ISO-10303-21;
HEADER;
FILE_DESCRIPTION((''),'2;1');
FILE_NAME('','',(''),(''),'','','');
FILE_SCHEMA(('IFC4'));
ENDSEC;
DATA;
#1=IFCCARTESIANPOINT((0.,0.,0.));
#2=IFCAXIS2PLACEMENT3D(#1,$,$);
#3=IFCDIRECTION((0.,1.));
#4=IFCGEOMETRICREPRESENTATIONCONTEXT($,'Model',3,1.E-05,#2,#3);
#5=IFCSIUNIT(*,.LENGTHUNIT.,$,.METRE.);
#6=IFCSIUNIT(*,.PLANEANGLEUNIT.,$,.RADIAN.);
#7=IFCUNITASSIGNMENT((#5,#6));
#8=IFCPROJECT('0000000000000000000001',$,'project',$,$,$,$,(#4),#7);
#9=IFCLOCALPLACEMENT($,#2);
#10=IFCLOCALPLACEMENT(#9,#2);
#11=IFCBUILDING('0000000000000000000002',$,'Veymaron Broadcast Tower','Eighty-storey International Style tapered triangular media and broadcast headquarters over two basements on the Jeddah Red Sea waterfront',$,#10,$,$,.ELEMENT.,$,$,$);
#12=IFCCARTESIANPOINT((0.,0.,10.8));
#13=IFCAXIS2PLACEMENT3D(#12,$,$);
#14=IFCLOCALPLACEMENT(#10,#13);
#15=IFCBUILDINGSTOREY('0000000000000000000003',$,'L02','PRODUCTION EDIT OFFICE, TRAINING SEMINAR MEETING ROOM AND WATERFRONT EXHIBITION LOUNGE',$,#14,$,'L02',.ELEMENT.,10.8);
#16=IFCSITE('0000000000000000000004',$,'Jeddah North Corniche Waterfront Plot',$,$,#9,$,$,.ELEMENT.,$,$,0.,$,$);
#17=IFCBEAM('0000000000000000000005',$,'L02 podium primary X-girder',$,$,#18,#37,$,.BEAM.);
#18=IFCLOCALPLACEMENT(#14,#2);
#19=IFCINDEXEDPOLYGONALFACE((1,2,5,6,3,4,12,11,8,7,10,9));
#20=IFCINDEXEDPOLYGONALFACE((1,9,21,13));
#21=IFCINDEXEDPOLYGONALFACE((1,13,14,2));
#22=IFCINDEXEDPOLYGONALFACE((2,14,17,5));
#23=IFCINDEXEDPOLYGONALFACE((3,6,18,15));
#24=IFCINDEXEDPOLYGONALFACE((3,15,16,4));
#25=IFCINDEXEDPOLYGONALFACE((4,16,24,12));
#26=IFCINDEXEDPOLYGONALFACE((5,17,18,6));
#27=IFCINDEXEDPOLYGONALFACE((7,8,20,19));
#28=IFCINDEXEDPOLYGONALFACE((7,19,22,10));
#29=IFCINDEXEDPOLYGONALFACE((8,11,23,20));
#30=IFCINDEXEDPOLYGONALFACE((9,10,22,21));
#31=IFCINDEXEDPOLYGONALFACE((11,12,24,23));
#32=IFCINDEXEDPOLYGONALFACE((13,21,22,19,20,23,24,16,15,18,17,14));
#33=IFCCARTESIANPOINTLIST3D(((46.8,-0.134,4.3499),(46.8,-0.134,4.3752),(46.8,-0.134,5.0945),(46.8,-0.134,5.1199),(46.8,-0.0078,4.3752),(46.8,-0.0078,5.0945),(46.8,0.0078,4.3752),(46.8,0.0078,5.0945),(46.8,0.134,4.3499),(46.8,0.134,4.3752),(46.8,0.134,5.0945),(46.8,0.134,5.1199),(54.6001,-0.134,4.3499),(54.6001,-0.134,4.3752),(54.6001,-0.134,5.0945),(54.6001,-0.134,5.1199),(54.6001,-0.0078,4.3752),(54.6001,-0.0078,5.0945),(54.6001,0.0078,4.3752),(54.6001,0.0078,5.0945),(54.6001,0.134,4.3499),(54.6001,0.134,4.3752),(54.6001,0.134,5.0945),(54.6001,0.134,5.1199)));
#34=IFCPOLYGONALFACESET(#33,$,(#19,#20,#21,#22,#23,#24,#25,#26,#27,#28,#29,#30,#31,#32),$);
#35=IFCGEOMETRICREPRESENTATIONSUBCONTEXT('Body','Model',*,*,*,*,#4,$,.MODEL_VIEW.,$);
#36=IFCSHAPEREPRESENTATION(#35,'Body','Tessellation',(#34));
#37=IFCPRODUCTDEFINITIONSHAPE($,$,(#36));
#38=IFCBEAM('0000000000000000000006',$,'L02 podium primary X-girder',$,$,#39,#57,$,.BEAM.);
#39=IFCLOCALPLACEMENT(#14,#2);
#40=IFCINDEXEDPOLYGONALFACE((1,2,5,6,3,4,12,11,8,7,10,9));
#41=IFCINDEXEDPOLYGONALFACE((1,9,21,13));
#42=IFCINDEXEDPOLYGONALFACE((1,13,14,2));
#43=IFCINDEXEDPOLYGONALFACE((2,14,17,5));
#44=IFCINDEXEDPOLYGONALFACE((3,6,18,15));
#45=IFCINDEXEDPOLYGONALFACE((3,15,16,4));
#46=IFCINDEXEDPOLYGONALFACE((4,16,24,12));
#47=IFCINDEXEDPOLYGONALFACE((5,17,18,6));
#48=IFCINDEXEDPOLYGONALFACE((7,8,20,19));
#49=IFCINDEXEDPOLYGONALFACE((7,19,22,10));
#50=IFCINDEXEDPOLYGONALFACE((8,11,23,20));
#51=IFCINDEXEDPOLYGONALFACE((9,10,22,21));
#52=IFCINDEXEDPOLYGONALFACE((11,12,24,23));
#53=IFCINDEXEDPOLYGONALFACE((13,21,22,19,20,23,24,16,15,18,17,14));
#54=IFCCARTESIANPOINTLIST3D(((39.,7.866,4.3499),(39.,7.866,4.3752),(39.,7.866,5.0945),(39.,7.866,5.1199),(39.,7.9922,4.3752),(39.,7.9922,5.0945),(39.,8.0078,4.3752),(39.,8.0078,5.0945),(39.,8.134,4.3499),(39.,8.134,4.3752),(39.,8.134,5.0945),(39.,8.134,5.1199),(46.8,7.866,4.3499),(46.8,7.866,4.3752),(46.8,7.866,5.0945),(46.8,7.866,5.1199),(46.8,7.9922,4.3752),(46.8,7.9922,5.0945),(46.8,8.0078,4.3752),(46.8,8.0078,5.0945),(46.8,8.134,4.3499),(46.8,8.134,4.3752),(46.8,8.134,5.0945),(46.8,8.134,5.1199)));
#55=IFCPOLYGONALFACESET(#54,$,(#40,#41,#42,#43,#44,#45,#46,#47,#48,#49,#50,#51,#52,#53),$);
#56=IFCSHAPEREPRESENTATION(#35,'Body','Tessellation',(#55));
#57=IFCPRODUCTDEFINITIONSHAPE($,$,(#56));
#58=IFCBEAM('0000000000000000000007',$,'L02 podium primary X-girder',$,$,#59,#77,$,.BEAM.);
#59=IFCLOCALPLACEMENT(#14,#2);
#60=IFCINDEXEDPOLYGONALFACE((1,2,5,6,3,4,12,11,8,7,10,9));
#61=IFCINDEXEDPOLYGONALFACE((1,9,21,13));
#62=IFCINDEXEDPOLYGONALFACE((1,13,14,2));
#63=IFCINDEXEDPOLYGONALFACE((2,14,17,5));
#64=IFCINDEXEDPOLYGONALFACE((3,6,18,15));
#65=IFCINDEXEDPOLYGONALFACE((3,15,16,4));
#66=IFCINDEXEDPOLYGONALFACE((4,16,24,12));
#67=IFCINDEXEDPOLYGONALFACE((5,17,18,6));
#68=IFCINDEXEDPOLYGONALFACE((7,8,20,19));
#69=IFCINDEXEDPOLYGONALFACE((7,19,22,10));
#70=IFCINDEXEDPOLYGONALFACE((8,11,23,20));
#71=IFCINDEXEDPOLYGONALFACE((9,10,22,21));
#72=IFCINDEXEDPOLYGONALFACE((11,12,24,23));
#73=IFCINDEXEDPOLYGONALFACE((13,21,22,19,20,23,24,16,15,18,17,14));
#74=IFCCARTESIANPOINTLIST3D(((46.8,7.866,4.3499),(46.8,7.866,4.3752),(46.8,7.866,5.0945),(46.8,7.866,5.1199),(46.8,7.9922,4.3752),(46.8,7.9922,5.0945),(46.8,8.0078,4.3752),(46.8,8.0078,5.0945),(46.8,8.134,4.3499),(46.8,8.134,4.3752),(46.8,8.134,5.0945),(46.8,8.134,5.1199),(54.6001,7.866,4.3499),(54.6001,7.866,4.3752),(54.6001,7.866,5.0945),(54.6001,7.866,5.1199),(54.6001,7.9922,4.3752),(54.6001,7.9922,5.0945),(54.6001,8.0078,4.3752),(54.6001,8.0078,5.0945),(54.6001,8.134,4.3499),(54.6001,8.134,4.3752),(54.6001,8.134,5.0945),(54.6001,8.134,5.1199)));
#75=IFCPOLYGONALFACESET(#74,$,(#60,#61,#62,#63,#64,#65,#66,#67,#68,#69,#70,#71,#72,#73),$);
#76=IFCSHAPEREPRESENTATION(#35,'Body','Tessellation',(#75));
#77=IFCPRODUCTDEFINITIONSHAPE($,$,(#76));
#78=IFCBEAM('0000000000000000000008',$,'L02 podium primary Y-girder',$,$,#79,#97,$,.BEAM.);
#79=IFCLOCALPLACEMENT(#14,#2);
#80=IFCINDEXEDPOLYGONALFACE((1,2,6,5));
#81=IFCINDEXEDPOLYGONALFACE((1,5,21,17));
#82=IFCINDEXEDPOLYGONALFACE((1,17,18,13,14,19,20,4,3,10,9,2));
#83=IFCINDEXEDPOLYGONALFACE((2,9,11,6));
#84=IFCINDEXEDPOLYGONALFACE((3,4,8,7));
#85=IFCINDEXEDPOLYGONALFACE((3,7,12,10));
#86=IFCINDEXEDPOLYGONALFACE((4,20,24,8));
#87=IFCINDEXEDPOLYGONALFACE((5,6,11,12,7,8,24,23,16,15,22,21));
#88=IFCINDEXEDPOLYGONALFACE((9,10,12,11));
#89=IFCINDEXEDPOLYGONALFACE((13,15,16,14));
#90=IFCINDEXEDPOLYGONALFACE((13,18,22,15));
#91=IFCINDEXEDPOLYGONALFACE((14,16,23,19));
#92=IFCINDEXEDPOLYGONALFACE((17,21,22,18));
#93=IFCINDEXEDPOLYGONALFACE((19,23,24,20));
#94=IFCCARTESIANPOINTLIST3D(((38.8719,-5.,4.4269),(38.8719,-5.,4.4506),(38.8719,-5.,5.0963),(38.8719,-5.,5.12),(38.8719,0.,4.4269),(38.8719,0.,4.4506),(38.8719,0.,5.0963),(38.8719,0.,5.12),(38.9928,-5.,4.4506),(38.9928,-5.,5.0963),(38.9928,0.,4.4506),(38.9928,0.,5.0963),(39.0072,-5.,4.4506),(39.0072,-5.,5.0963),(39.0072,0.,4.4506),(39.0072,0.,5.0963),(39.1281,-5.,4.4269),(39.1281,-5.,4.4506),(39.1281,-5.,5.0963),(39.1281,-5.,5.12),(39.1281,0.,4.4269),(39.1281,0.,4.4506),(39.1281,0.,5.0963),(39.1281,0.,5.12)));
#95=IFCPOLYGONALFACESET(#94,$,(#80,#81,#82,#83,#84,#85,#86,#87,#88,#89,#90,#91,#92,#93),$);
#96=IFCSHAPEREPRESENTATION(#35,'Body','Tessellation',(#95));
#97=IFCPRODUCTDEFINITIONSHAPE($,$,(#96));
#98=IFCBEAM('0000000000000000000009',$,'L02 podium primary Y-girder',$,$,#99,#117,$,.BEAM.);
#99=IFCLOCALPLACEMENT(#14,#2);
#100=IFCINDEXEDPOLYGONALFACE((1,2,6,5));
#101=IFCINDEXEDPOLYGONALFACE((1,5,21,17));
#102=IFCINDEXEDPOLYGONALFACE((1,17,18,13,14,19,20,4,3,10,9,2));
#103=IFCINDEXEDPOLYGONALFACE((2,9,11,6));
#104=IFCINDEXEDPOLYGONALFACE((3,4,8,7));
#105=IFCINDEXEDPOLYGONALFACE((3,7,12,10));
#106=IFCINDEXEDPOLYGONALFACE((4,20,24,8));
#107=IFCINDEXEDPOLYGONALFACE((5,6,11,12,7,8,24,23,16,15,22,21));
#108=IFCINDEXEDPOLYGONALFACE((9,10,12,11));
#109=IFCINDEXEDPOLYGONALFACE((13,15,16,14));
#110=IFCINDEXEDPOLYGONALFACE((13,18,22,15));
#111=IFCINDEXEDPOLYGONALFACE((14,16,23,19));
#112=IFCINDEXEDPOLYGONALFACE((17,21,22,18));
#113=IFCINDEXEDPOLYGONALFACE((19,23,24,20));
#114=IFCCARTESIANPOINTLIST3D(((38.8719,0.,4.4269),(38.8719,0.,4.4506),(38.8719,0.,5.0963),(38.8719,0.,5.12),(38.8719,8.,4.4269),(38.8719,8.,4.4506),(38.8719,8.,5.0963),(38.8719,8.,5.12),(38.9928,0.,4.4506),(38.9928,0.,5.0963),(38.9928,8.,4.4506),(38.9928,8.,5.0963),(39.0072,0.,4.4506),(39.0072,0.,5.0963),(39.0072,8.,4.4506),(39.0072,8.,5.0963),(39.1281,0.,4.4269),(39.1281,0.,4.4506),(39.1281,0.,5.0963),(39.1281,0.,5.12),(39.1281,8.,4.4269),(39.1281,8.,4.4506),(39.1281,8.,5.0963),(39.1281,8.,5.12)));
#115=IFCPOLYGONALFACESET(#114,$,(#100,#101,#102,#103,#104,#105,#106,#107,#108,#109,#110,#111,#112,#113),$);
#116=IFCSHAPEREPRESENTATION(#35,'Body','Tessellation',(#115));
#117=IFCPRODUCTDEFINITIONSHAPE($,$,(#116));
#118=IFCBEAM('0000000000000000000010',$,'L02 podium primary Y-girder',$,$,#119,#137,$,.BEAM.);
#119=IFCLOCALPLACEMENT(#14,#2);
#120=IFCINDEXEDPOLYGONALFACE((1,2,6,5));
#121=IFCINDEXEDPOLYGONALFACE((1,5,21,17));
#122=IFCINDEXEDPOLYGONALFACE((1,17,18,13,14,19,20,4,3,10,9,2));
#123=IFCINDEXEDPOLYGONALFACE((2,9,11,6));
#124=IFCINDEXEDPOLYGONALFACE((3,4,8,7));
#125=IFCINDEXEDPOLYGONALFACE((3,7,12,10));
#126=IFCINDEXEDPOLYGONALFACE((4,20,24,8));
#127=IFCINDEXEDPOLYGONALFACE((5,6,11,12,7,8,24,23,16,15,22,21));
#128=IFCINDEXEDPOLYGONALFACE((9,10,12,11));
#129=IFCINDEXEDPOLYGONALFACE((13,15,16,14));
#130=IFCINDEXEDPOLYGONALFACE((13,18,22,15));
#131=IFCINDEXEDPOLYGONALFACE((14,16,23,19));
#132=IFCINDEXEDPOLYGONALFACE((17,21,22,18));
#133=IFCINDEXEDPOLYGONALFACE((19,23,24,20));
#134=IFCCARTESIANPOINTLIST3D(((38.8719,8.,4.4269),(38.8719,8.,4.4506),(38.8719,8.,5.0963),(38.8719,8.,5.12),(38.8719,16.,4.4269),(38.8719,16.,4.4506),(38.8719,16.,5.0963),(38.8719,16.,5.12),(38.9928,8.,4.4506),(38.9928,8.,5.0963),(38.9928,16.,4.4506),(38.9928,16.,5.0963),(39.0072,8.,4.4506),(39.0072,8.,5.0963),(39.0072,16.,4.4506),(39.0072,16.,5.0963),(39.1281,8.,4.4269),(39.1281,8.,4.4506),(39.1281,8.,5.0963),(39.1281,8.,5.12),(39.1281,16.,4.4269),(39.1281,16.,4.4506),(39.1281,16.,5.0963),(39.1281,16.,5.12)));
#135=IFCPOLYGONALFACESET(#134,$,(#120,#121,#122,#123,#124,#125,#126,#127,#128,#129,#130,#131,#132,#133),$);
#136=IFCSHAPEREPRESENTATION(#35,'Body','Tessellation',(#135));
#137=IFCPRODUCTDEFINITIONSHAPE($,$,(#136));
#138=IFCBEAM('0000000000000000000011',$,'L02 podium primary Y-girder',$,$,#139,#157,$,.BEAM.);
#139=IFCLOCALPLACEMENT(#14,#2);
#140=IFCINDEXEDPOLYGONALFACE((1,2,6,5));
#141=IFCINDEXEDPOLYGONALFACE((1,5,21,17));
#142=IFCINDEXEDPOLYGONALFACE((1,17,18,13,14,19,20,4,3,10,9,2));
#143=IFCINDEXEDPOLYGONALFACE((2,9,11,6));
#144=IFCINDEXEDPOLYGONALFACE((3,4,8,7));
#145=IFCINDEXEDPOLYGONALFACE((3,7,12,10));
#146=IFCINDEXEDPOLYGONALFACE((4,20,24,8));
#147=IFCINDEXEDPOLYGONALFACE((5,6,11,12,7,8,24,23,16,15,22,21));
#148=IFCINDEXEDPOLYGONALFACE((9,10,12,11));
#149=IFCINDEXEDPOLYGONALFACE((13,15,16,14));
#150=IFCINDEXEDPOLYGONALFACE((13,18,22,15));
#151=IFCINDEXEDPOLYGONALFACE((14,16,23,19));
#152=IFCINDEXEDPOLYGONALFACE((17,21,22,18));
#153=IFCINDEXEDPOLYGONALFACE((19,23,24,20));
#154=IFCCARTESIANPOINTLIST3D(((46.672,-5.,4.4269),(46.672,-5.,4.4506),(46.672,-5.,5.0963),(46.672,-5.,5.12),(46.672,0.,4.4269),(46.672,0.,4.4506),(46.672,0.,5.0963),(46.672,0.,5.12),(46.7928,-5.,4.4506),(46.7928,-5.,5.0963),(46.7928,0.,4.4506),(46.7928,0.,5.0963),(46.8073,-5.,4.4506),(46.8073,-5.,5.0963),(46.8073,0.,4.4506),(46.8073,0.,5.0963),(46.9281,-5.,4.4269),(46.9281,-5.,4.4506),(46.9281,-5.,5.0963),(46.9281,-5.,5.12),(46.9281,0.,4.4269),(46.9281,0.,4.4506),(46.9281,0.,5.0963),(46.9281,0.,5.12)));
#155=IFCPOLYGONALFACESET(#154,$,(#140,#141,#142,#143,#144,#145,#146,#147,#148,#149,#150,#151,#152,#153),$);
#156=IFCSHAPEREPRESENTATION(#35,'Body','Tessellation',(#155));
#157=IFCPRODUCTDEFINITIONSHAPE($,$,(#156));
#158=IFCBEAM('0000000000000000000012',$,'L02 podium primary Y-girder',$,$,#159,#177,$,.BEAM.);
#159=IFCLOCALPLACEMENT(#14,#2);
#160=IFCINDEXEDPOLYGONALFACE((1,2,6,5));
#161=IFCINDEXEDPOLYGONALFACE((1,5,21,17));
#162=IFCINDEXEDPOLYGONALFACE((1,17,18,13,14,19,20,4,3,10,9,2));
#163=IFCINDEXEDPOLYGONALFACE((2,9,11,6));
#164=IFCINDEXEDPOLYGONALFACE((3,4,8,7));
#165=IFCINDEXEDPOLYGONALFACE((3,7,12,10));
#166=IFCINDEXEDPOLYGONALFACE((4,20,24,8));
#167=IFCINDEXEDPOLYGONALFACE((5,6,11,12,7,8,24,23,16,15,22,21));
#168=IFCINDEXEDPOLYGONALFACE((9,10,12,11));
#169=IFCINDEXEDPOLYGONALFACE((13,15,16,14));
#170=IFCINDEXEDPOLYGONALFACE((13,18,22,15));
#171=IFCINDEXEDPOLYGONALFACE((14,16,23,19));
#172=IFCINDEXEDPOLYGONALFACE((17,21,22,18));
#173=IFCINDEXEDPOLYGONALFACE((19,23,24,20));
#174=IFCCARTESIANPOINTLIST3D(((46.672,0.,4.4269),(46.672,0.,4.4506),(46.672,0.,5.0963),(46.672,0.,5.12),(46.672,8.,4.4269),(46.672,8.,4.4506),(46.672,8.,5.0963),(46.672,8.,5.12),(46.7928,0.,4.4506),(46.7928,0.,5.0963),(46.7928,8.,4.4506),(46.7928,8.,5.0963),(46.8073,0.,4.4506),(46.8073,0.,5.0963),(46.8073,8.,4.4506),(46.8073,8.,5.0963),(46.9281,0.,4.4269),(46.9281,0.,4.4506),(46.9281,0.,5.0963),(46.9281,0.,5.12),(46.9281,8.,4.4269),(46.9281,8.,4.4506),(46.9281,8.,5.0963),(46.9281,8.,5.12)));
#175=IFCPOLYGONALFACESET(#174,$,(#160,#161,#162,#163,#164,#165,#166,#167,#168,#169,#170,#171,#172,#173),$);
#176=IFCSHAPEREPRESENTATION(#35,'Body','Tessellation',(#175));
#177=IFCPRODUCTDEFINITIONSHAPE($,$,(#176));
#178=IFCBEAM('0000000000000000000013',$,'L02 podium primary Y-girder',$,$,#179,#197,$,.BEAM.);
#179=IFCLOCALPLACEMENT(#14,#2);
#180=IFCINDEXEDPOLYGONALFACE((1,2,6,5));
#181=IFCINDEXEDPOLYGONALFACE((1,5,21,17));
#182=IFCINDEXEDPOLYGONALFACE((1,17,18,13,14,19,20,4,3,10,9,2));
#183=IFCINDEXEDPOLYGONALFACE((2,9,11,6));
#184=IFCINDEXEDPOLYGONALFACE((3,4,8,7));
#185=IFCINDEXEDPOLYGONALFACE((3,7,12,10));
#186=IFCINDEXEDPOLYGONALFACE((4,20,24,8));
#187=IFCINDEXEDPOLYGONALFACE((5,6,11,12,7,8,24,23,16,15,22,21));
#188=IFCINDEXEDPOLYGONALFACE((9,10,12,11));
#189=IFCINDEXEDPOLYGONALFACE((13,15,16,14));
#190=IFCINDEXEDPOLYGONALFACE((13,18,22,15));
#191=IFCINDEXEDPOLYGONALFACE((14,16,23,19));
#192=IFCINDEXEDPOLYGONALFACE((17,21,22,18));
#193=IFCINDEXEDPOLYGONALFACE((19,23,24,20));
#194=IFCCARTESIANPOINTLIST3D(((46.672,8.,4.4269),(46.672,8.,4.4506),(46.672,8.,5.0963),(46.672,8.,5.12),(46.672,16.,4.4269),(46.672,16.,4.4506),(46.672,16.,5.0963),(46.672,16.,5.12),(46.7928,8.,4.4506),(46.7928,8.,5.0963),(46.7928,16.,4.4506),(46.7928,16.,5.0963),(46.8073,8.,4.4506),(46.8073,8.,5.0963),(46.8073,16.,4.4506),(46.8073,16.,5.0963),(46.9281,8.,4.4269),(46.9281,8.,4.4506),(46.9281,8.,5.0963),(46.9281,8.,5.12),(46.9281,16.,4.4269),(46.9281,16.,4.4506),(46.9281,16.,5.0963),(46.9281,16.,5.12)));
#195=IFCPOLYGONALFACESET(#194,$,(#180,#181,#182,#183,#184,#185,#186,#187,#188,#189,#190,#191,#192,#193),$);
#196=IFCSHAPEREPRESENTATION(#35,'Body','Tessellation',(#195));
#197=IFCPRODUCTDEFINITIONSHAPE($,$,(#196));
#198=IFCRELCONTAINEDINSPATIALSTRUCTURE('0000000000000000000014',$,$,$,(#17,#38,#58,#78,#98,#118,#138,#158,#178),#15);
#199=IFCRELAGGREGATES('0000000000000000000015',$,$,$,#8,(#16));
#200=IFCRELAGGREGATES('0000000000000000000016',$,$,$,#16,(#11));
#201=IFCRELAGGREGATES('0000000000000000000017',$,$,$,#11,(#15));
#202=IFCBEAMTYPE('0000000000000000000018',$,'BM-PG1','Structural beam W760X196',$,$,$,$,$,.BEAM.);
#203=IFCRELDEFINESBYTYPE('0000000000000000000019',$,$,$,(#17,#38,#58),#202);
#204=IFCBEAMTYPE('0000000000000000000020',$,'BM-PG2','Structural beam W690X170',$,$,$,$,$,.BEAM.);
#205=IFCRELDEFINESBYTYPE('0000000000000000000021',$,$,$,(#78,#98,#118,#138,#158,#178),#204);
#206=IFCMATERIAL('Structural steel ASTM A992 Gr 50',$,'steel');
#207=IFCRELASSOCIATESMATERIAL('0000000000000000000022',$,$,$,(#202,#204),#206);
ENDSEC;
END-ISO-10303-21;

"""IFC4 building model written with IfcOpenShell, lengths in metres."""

from ifc_helpers import new_model, si_unit, direction, frame, origin, origin_2d, place, context, subcontext, project, spatial, i_section, extrude, material, material_profile, profile_set, type_object, element, save


model = new_model("IFC4")

# Units and contexts
model_context = context("Model", 3, precision=1e-05, world=origin(), true_north=direction((0.0, 1.0)))
body_context = subcontext(model_context, "Body", "Model", "MODEL_VIEW")
ifc_project = project(units=[si_unit("LENGTHUNIT", "METRE"), si_unit("PLANEANGLEUNIT", "RADIAN")], contexts=[model_context])

# Site, building, storey
site_placement = place(None, origin())
site = spatial("IfcSite", under=ifc_project, at=site_placement, Name="Jeddah North Corniche Waterfront Plot", CompositionType="ELEMENT", RefElevation=0.0)
building_placement = place(site_placement, origin())
building = spatial("IfcBuilding", under=site, at=building_placement, Name="Veymaron Broadcast Tower", Description="Eighty-storey International Style tapered triangular media and broadcast headquarters over two basements on the Jeddah Red Sea waterfront", CompositionType="ELEMENT")
storey_placement = place(building_placement, frame((0.0, 0.0, 10.8)))
storey = spatial("IfcBuildingStorey", under=building, at=storey_placement, Name="L02", Description="PRODUCTION EDIT OFFICE, TRAINING SEMINAR MEETING ROOM AND WATERFRONT EXHIBITION LOUNGE", LongName="L02", CompositionType="ELEMENT", Elevation=10.8)

# Shared definitions
ifc_material_1 = material(Name="Structural steel ASTM A992 Gr 50", Category="steel")

# Beams
ifc_material_profile_1 = material_profile(ifc_material_1, i_section(OverallWidth=0.2681, OverallDepth=0.77, WebThickness=0.0156, FlangeThickness=0.0254, at=origin_2d()), Name="W760X196")
ifc_profile_set_1 = profile_set([ifc_material_profile_1], Name="Structural steel ASTM A992 Gr 50")
beam_type_1 = type_object("IfcBeamType", Name="BM-PG1", Description="Structural beam W760X196", PredefinedType="BEAM", material=ifc_profile_set_1)
for number, where, z_axis, x_axis, name in (
    (1, (46.8, 0.0, 4.7349), (1.0, 0.0, 0.0), (0.0, 1.0, 0.0), "L02 podium primary X-girder"),
    (2, (39.0, 8.0, 4.7349), (1.0, 0.0, 0.0), (0.0, 1.0, 0.0), "L02 podium primary X-girder"),
    (3, (46.8, 8.0, 4.7349), (1.0, 0.0, 0.0), (0.0, 1.0, 0.0), "L02 podium primary X-girder"),
):
    element("IfcBeam", number, at=place(storey_placement, frame(where, z_axis=z_axis, x_axis=x_axis)), inside=storey, type_object=beam_type_1, Name=name, PredefinedType="BEAM", context=body_context, shape_type="SweptSolid", body=[
        extrude(i_section(OverallWidth=0.2681, OverallDepth=0.77, WebThickness=0.0156, FlangeThickness=0.0254, at=origin_2d()), origin(), (0.0, 0.0, 1.0), 7.8),
    ])
ifc_material_profile_2 = material_profile(ifc_material_1, i_section(OverallWidth=0.2561, OverallDepth=0.6931, WebThickness=0.0144, FlangeThickness=0.0237, at=origin_2d()), Name="W690X170")
ifc_profile_set_2 = profile_set([ifc_material_profile_2], Name="Structural steel ASTM A992 Gr 50")
beam_type_2 = type_object("IfcBeamType", Name="BM-PG2", Description="Structural beam W690X170", PredefinedType="BEAM", material=ifc_profile_set_2)
beam_1_placement = place(storey_placement, frame((39.0, -5.0, 4.7734), z_axis=(0.0, 1.0, 0.0), x_axis=(-1.0, 0.0, 0.0)))
element("IfcBeam", 4, at=beam_1_placement, inside=storey, type_object=beam_type_2, Name="L02 podium primary Y-girder", PredefinedType="BEAM", context=body_context, shape_type="SweptSolid", body=[
    extrude(i_section(OverallWidth=0.2561, OverallDepth=0.6931, WebThickness=0.0144, FlangeThickness=0.0237, at=origin_2d()), origin(), (0.0, 0.0, 1.0), 5.0),
])
for number, where, z_axis, x_axis, name in (
    (5, (39.0, 0.0, 4.7734), (0.0, 1.0, 0.0), (-1.0, 0.0, 0.0), "L02 podium primary Y-girder"),
    (6, (39.0, 8.0, 4.7734), (0.0, 1.0, 0.0), (-1.0, 0.0, 0.0), "L02 podium primary Y-girder"),
):
    element("IfcBeam", number, at=place(storey_placement, frame(where, z_axis=z_axis, x_axis=x_axis)), inside=storey, type_object=beam_type_2, Name=name, PredefinedType="BEAM", context=body_context, shape_type="SweptSolid", body=[
        extrude(i_section(OverallWidth=0.2561, OverallDepth=0.6931, WebThickness=0.0144, FlangeThickness=0.0237, at=origin_2d()), origin(), (0.0, 0.0, 1.0), 8.0),
    ])
beam_2_placement = place(storey_placement, frame((46.8, -5.0, 4.7734), z_axis=(0.0, 1.0, 0.0), x_axis=(-1.0, 0.0, 0.0)))
element("IfcBeam", 7, at=beam_2_placement, inside=storey, type_object=beam_type_2, Name="L02 podium primary Y-girder", PredefinedType="BEAM", context=body_context, shape_type="SweptSolid", body=[
    extrude(i_section(OverallWidth=0.2561, OverallDepth=0.6931, WebThickness=0.0144, FlangeThickness=0.0237, at=origin_2d()), origin(), (0.0, 0.0, 1.0), 5.0),
])
for number, where, z_axis, x_axis, name in (
    (8, (46.8, 0.0, 4.7734), (0.0, 1.0, 0.0), (-1.0, 0.0, 0.0), "L02 podium primary Y-girder"),
    (9, (46.8, 8.0, 4.7734), (0.0, 1.0, 0.0), (-1.0, 0.0, 0.0), "L02 podium primary Y-girder"),
):
    element("IfcBeam", number, at=place(storey_placement, frame(where, z_axis=z_axis, x_axis=x_axis)), inside=storey, type_object=beam_type_2, Name=name, PredefinedType="BEAM", context=body_context, shape_type="SweptSolid", body=[
        extrude(i_section(OverallWidth=0.2561, OverallDepth=0.6931, WebThickness=0.0144, FlangeThickness=0.0237, at=origin_2d()), origin(), (0.0, 0.0, 1.0), 8.0),
    ])

save(model, "model.ifc")
